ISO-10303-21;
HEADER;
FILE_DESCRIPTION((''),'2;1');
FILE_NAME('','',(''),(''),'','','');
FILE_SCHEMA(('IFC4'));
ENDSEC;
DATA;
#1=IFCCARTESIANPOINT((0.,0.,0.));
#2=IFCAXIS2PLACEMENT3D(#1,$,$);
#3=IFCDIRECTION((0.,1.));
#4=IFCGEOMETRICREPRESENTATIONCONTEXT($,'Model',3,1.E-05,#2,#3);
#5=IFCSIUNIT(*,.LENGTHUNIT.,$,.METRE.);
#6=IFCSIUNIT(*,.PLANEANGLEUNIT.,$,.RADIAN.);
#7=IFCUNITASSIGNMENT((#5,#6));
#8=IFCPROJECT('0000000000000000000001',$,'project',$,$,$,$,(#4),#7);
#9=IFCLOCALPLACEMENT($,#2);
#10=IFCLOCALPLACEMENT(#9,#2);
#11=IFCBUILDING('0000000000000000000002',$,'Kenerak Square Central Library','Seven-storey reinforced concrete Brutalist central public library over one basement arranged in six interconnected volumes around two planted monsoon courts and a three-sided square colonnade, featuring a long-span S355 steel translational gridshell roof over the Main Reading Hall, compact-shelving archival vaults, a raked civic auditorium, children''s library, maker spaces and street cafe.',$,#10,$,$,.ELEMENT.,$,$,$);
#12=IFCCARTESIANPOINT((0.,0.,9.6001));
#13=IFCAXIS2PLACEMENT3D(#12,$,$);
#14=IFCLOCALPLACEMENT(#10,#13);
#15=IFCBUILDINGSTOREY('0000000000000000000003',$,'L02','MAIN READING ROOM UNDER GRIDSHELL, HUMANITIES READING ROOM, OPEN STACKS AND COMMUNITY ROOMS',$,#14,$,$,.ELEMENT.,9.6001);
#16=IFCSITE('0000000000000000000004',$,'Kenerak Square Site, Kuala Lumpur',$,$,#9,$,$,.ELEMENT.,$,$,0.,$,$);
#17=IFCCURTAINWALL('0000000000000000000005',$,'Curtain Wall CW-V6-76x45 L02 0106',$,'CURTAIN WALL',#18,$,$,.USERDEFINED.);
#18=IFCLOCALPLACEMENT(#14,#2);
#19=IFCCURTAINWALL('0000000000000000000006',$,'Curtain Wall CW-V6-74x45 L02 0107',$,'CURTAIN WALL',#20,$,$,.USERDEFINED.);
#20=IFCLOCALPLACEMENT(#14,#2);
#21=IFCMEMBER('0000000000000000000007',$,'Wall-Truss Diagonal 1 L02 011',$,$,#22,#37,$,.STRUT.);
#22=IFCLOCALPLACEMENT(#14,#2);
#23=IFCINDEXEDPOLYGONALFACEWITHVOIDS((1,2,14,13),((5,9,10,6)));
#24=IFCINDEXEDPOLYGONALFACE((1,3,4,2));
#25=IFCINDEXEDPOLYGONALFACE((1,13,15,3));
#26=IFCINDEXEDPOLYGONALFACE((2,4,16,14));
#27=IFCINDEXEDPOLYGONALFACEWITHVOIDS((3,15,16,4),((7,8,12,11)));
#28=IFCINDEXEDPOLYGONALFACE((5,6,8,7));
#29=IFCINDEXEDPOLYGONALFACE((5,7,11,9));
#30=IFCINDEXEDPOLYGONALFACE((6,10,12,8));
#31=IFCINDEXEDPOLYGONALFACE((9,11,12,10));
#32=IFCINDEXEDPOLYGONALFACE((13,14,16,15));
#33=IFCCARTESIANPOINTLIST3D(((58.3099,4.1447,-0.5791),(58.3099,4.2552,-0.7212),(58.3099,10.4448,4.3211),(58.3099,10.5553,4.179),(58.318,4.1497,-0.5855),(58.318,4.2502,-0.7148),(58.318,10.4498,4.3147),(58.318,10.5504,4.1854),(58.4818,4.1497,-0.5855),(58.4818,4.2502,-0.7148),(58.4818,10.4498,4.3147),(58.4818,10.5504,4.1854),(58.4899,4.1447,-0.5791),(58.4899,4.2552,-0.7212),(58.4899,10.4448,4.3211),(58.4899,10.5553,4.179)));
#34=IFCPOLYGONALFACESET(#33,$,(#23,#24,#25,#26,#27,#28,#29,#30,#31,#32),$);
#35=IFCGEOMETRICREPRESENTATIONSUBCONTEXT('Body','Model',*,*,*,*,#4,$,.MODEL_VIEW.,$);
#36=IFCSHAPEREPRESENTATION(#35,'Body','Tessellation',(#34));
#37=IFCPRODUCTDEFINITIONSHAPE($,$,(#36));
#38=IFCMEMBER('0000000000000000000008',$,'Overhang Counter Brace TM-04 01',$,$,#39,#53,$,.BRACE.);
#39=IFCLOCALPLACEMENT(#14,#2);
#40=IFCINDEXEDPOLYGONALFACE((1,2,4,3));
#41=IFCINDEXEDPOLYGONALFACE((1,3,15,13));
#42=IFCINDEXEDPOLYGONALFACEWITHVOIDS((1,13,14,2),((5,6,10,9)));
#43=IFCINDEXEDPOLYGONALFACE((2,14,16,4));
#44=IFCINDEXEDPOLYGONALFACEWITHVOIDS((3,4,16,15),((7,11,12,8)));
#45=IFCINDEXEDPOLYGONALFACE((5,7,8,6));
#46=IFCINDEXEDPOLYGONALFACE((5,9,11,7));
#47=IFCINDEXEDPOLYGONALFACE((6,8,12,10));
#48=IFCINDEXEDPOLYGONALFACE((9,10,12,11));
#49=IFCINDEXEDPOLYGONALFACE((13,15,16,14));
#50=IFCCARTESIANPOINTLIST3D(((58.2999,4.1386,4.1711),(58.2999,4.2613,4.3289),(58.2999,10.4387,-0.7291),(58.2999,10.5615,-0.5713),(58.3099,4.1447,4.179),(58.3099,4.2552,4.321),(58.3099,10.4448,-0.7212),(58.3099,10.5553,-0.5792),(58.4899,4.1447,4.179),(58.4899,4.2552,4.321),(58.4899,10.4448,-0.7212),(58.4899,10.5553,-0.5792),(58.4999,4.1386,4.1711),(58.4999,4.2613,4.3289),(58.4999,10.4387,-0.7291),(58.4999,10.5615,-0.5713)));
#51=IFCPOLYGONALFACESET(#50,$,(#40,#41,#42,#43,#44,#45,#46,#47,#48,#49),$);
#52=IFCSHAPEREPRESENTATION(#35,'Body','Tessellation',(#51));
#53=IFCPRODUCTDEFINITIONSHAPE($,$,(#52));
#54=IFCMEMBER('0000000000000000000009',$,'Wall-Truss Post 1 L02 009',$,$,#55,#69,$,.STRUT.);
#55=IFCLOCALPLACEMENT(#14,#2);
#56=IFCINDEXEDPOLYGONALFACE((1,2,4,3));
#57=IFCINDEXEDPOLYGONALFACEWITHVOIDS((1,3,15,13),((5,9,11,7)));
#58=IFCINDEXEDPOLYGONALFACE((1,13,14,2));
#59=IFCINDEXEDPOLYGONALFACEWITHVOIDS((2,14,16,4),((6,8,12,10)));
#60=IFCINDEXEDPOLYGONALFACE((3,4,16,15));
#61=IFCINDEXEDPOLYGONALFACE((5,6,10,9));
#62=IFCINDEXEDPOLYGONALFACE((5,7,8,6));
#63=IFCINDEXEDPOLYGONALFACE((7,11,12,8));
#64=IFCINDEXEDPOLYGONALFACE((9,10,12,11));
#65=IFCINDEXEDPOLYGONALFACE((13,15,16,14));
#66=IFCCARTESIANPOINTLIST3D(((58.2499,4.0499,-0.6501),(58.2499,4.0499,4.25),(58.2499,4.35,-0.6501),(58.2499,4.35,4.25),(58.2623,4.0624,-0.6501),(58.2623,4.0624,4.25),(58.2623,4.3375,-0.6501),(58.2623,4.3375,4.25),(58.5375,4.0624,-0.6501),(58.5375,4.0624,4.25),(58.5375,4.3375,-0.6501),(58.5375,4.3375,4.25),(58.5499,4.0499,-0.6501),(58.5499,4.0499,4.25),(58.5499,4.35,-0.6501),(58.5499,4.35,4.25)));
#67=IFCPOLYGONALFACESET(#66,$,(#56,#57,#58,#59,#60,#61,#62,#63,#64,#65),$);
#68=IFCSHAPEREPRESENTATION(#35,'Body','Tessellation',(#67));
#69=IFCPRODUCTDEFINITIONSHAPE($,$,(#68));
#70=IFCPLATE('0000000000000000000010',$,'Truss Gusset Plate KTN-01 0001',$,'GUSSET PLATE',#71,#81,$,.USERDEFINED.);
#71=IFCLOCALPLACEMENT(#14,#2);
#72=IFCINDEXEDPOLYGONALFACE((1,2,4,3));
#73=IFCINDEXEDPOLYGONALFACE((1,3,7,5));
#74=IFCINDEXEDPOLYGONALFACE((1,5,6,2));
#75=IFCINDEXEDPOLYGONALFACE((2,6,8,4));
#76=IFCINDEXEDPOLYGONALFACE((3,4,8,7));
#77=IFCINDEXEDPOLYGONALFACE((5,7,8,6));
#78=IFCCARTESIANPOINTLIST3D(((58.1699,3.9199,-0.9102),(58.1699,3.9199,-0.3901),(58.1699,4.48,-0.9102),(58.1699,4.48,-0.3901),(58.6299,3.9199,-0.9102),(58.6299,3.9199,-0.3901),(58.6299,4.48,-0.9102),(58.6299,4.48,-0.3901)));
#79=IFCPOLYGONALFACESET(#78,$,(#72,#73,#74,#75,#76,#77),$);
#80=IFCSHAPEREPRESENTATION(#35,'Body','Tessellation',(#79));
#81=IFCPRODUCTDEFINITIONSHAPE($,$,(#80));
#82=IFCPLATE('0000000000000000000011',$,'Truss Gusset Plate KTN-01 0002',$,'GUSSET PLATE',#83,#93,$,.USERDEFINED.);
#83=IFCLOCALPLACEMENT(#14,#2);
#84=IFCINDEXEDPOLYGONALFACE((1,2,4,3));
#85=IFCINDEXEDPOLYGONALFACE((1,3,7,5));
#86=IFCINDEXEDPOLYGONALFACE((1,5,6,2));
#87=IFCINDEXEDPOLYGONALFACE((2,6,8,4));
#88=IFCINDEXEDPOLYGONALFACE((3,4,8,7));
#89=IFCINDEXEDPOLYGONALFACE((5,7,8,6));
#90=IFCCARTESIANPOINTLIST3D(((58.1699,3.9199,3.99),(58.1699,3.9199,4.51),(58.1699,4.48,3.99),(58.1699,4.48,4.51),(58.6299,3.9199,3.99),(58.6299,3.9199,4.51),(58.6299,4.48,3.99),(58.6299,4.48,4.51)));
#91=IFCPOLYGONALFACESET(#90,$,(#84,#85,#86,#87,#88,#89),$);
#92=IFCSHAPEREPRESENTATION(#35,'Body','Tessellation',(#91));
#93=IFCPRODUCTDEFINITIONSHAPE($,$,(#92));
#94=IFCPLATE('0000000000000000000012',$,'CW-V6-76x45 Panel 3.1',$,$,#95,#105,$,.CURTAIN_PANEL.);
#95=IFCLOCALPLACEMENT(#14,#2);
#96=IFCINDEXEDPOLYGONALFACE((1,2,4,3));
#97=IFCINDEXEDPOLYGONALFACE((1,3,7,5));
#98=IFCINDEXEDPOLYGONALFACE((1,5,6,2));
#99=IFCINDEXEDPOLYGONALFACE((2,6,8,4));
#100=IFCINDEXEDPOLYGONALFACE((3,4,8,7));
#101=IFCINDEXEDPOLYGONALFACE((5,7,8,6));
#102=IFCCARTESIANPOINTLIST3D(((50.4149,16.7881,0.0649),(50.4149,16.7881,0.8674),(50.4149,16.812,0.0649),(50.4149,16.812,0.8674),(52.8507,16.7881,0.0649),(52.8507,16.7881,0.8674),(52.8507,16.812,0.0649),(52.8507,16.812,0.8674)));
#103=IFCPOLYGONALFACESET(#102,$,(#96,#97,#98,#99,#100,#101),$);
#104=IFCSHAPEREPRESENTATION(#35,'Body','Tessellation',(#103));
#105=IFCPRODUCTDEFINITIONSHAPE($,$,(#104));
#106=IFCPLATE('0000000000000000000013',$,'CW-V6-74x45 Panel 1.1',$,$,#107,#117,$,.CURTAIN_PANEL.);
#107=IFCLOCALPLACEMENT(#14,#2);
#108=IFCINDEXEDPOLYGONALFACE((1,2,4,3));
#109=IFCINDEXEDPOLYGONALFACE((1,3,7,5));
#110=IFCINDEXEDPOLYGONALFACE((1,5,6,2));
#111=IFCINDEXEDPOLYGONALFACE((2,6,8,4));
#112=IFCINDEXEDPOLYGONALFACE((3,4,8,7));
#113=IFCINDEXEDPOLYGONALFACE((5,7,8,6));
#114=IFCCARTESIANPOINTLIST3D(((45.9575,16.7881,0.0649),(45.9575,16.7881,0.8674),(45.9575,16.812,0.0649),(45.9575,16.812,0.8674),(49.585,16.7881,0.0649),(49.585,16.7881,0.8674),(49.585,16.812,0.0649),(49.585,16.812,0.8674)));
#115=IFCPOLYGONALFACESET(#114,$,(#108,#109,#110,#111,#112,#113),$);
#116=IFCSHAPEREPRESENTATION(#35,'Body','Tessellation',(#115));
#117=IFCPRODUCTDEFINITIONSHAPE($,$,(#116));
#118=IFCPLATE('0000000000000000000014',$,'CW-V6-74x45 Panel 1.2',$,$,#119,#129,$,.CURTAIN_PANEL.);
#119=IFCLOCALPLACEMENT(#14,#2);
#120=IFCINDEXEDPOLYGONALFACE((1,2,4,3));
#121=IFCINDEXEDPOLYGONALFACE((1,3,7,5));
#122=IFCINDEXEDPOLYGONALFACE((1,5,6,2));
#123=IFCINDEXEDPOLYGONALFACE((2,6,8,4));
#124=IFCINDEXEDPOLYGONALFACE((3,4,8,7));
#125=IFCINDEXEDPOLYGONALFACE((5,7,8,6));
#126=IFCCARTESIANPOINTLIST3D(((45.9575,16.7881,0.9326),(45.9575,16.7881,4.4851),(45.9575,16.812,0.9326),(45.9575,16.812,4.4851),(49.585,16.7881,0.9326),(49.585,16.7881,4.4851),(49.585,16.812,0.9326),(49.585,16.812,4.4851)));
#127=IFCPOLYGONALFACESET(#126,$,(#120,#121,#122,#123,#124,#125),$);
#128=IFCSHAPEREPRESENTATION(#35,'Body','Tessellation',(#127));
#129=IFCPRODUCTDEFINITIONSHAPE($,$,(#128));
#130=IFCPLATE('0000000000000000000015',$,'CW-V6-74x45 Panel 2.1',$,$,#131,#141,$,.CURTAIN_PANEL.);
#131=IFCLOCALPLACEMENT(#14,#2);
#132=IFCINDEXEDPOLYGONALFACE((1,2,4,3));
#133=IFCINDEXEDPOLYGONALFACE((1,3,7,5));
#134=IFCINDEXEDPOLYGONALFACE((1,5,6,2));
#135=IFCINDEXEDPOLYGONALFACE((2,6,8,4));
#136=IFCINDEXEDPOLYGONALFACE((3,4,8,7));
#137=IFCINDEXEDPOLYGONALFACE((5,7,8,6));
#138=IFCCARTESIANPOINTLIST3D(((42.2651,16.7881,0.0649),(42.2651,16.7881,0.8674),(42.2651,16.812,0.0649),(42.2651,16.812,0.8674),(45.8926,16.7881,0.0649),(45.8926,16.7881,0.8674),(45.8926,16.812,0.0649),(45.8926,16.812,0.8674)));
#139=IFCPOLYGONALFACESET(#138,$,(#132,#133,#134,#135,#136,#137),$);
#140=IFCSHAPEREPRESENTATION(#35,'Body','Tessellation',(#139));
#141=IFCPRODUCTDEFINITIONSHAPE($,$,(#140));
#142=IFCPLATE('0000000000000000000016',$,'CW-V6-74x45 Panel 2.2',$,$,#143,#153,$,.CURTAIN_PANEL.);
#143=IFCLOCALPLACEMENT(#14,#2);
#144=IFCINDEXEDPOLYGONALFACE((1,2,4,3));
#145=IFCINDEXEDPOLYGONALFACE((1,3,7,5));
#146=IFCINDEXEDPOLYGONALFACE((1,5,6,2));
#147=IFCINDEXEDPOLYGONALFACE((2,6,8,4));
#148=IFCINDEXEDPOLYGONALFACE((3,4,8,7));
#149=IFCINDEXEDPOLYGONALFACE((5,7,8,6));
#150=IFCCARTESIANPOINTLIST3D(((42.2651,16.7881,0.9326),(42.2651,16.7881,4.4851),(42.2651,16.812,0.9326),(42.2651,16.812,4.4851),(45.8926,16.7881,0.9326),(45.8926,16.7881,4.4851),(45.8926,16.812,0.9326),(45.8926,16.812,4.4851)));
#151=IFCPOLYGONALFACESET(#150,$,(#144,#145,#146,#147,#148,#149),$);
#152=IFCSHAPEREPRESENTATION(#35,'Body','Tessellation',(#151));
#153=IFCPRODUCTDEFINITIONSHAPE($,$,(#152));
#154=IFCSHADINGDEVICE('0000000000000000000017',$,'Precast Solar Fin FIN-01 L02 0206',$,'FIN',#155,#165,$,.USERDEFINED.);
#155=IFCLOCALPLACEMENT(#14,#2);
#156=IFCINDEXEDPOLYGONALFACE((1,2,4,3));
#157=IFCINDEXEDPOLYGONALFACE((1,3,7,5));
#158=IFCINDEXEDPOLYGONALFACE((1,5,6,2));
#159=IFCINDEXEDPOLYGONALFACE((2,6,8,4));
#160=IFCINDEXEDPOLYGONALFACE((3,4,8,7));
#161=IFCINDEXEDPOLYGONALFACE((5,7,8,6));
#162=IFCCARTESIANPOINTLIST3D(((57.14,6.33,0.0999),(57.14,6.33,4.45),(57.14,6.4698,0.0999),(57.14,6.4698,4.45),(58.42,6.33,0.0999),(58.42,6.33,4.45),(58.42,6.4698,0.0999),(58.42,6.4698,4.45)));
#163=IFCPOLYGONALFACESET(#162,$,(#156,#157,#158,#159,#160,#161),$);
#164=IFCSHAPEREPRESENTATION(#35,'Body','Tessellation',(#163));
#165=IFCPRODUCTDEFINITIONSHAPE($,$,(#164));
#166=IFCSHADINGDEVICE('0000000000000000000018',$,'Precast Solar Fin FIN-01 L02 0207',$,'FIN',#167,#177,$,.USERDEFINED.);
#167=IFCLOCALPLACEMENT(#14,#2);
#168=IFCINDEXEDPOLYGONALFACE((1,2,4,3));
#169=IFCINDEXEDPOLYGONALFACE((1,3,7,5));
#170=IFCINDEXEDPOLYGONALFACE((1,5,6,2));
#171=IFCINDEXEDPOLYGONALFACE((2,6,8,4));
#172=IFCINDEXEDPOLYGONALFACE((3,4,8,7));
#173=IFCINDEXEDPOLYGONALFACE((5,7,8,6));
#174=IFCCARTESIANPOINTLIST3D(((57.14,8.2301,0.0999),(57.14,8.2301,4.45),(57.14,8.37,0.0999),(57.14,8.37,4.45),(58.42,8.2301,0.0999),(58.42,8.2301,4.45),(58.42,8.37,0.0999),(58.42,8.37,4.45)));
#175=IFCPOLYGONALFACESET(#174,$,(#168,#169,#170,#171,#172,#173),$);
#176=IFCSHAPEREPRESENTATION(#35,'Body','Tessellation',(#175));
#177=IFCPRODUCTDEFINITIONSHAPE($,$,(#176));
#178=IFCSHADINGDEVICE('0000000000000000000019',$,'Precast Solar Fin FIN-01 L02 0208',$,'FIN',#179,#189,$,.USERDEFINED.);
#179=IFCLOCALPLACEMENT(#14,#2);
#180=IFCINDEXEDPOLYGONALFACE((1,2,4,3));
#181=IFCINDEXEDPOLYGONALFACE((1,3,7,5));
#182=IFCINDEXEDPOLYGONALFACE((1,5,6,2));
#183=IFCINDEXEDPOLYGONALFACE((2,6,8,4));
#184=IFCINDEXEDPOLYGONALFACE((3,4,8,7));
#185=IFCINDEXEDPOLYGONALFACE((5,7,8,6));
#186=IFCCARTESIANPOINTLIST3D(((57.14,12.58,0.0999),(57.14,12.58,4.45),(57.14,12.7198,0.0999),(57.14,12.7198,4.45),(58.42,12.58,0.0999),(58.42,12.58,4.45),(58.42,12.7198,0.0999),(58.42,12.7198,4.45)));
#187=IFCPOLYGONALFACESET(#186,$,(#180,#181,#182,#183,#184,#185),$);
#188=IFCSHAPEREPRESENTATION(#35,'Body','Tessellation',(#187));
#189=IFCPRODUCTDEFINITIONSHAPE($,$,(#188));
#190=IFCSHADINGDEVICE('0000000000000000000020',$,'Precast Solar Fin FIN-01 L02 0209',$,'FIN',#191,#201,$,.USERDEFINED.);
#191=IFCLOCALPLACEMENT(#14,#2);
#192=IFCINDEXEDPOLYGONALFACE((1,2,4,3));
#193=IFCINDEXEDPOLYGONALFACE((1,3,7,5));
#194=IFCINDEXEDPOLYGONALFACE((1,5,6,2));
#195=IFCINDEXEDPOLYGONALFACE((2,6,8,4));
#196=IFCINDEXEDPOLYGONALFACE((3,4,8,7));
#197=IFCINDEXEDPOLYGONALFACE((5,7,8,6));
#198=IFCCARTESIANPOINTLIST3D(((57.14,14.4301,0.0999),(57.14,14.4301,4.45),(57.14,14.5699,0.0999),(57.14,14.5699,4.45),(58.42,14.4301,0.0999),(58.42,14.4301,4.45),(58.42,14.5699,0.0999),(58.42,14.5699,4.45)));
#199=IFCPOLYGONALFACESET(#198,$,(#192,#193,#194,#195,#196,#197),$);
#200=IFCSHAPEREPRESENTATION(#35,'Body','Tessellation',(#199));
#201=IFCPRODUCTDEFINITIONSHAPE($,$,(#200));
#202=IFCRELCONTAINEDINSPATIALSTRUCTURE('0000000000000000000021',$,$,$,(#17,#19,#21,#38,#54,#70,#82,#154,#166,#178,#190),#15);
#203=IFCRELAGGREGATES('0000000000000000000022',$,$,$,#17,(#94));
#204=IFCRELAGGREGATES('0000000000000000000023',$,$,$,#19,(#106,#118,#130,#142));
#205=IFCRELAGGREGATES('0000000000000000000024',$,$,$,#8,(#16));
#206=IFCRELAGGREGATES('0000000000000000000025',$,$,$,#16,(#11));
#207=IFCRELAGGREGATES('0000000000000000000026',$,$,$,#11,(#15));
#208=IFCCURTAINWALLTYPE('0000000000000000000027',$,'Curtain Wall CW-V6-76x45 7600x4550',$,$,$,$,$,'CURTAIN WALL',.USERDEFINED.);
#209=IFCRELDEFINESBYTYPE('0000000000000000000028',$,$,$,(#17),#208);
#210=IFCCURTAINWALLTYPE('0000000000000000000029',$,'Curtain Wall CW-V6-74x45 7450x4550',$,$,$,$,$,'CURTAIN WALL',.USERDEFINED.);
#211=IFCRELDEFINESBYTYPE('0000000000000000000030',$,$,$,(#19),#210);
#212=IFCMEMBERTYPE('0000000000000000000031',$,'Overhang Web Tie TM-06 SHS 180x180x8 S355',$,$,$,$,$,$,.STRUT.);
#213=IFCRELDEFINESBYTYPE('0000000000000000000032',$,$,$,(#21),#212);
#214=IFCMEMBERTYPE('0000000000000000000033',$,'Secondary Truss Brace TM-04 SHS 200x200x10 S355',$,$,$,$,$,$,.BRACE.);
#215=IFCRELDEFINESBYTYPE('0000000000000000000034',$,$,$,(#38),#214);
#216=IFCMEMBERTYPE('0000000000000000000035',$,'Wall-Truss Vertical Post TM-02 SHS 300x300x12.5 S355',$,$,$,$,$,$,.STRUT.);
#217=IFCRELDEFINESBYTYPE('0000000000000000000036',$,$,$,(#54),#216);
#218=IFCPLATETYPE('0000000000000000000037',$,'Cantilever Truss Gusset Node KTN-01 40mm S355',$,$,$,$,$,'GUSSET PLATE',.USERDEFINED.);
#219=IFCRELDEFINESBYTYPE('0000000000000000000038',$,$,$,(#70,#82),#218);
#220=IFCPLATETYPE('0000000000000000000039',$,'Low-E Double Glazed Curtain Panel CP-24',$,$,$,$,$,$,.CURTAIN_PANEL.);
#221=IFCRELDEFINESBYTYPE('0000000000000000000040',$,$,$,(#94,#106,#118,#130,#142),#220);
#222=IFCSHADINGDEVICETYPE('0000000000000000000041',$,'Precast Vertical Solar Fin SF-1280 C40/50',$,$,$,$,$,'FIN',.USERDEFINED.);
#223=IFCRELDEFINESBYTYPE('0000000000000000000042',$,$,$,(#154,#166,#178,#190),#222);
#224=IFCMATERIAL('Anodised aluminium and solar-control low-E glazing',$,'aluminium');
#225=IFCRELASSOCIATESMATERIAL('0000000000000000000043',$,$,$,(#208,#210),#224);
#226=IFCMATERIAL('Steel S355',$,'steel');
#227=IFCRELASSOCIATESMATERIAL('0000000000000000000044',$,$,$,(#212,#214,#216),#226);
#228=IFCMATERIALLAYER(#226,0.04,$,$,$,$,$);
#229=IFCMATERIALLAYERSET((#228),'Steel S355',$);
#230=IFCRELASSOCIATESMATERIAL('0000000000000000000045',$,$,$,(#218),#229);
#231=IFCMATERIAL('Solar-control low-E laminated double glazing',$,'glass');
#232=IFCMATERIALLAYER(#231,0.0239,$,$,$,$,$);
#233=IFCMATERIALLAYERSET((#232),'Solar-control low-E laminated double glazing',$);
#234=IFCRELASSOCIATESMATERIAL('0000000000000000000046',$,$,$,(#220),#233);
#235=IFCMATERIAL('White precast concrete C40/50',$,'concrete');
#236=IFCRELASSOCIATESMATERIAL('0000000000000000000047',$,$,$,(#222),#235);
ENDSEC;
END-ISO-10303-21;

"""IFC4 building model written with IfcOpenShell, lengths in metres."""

from ifc_helpers import new_model, si_unit, direction, frame, origin, origin_2d, place, context, subcontext, project, spatial, rectangle, hollow_rectangle, extrude, material, layer, layer_set, material_profile, profile_set, type_object, element, aggregate, save


model = new_model("IFC4")

# Units and contexts
model_context = context("Model", 3, precision=1e-05, world=origin(), true_north=direction((0.0, 1.0)))
body_context = subcontext(model_context, "Body", "Model", "MODEL_VIEW")
ifc_project = project(units=[si_unit("LENGTHUNIT", "METRE"), si_unit("PLANEANGLEUNIT", "RADIAN")], contexts=[model_context])

# Site, building, storey
site_placement = place(None, origin())
site = spatial("IfcSite", under=ifc_project, at=site_placement, Name="Kenerak Square Site, Kuala Lumpur", CompositionType="ELEMENT", RefElevation=0.0)
building_placement = place(site_placement, origin())
building = spatial("IfcBuilding", under=site, at=building_placement, Name="Kenerak Square Central Library", Description="Seven-storey reinforced concrete Brutalist central public library over one basement arranged in six interconnected volumes around two planted monsoon courts and a three-sided square colonnade, featuring a long-span S355 steel translational gridshell roof over the Main Reading Hall, compact-shelving archival vaults, a raked civic auditorium, children's library, maker spaces and street cafe.", CompositionType="ELEMENT")
storey_placement = place(building_placement, frame((0.0, 0.0, 9.6001)))
storey = spatial("IfcBuildingStorey", under=building, at=storey_placement, Name="L02", Description="MAIN READING ROOM UNDER GRIDSHELL, HUMANITIES READING ROOM, OPEN STACKS AND COMMUNITY ROOMS", CompositionType="ELEMENT", Elevation=9.6001)

# Curtain wall
ifc_material_1 = material(Name="Anodised aluminium and solar-control low-E glazing", Category="aluminium")
curtain_wall_type_1 = type_object("IfcCurtainWallType", Name="Curtain Wall CW-V6-76x45 7600x4550", ElementType="CURTAIN WALL", PredefinedType="USERDEFINED", material=ifc_material_1)
curtain_wall_1_placement = place(storey_placement, origin())
curtain_wall_1 = element("IfcCurtainWall", 1, at=curtain_wall_1_placement, inside=storey, type_object=curtain_wall_type_1, Name="Curtain Wall CW-V6-76x45 L02 0106", ObjectType="CURTAIN WALL", PredefinedType="USERDEFINED")

# Curtain wall
curtain_wall_type_2 = type_object("IfcCurtainWallType", Name="Curtain Wall CW-V6-74x45 7450x4550", ElementType="CURTAIN WALL", PredefinedType="USERDEFINED", material=ifc_material_1)
curtain_wall_2_placement = place(storey_placement, origin())
curtain_wall_2 = element("IfcCurtainWall", 2, at=curtain_wall_2_placement, inside=storey, type_object=curtain_wall_type_2, Name="Curtain Wall CW-V6-74x45 L02 0107", ObjectType="CURTAIN WALL", PredefinedType="USERDEFINED")

# Members
ifc_material_2 = material(Name="Steel S355", Category="steel")
ifc_material_profile_1 = material_profile(ifc_material_2, hollow_rectangle(XDim=0.1799, YDim=0.1799, WallThickness=0.0081, at=origin_2d()), Name="SHS 180x180x8.0")
ifc_profile_set_1 = profile_set([ifc_material_profile_1], Name="Steel S355")
member_type_1 = type_object("IfcMemberType", Name="Overhang Web Tie TM-06 SHS 180x180x8 S355", PredefinedType="STRUT", material=ifc_profile_set_1)
member_1_placement = place(storey_placement, frame((58.3999, 4.2, -0.6501), z_axis=(0.0, 0.789346, 0.613949), x_axis=(-1.0, 0.0, 0.0)))
element("IfcMember", 3, at=member_1_placement, inside=storey, type_object=member_type_1, Name="Wall-Truss Diagonal 1 L02 011", PredefinedType="STRUT", context=body_context, shape_type="SweptSolid", body=[
    extrude(hollow_rectangle(XDim=0.1799, YDim=0.1799, WallThickness=0.0081, at=origin_2d()), origin(), (0.0, 0.0, 1.0), 7.9814),
])
ifc_material_profile_2 = material_profile(ifc_material_2, hollow_rectangle(XDim=0.2, YDim=0.2, WallThickness=0.01, at=origin_2d()), Name="SHS 200x200x10.0")
ifc_profile_set_2 = profile_set([ifc_material_profile_2], Name="Steel S355")
member_type_2 = type_object("IfcMemberType", Name="Secondary Truss Brace TM-04 SHS 200x200x10 S355", PredefinedType="BRACE", material=ifc_profile_set_2)
member_2_placement = place(storey_placement, frame((58.3999, 4.2, 4.25), z_axis=(0.0, 0.789346, -0.613949), x_axis=(-1.0, 0.0, 0.0)))
element("IfcMember", 4, at=member_2_placement, inside=storey, type_object=member_type_2, Name="Overhang Counter Brace TM-04 01", PredefinedType="BRACE", context=body_context, shape_type="SweptSolid", body=[
    extrude(hollow_rectangle(XDim=0.2, YDim=0.2, WallThickness=0.01, at=origin_2d()), origin(), (0.0, 0.0, 1.0), 7.9814),
])
ifc_material_profile_3 = material_profile(ifc_material_2, hollow_rectangle(XDim=0.3, YDim=0.3, WallThickness=0.0125, at=origin_2d()), Name="SHS 300x300x12.5")
ifc_profile_set_3 = profile_set([ifc_material_profile_3], Name="Steel S355")
member_type_3 = type_object("IfcMemberType", Name="Wall-Truss Vertical Post TM-02 SHS 300x300x12.5 S355", PredefinedType="STRUT", material=ifc_profile_set_3)
member_3_placement = place(storey_placement, frame((58.3999, 4.2, -0.6501), z_axis=(0.0, 0.0, 1.0), x_axis=(1.0, 0.0, 0.0)))
element("IfcMember", 5, at=member_3_placement, inside=storey, type_object=member_type_3, Name="Wall-Truss Post 1 L02 009", PredefinedType="STRUT", context=body_context, shape_type="SweptSolid", body=[
    extrude(hollow_rectangle(XDim=0.3, YDim=0.3, WallThickness=0.0125, at=origin_2d()), origin(), (0.0, 0.0, 1.0), 4.9001),
])

# Plates
ifc_layer_1 = layer(ifc_material_2, 0.04)
ifc_layer_set_1 = layer_set([ifc_layer_1], Name="Steel S355")
plate_type_1 = type_object("IfcPlateType", Name="Cantilever Truss Gusset Node KTN-01 40mm S355", ElementType="GUSSET PLATE", PredefinedType="USERDEFINED", material=ifc_layer_set_1)
for number, where, z_axis, x_axis, name in (
    (6, (58.3999, 4.2, -0.9102), (0.0, 0.0, 1.0), (1.0, 0.0, 0.0), "Truss Gusset Plate KTN-01 0001"),
    (7, (58.3999, 4.2, 3.99), (0.0, 0.0, 1.0), (1.0, 0.0, 0.0), "Truss Gusset Plate KTN-01 0002"),
):
    element("IfcPlate", number, at=place(storey_placement, frame(where, z_axis=z_axis, x_axis=x_axis)), inside=storey, type_object=plate_type_1, Name=name, ObjectType="GUSSET PLATE", PredefinedType="USERDEFINED", context=body_context, shape_type="SweptSolid", body=[
        extrude(rectangle(XDim=0.46, YDim=0.5601, at=origin_2d()), origin(), (0.0, 0.0, 1.0), 0.52),
    ])

# Plates
ifc_material_3 = material(Name="Solar-control low-E laminated double glazing", Category="glass")
ifc_layer_2 = layer(ifc_material_3, 0.0239)
ifc_layer_set_2 = layer_set([ifc_layer_2], Name="Solar-control low-E laminated double glazing")
plate_type_2 = type_object("IfcPlateType", Name="Low-E Double Glazed Curtain Panel CP-24", PredefinedType="CURTAIN_PANEL", material=ifc_layer_set_2)
plate_1_placement = place(storey_placement, frame((51.6328, 16.8, 0.0649), z_axis=(0.0, 0.0, 1.0), x_axis=(-1.0, 0.0, 0.0)))
plate_1 = element("IfcPlate", 8, at=plate_1_placement, type_object=plate_type_2, Name="CW-V6-76x45 Panel 3.1", PredefinedType="CURTAIN_PANEL", context=body_context, shape_type="SweptSolid", body=[
    extrude(rectangle(XDim=2.4358, YDim=0.0239, at=origin_2d()), origin(), (0.0, 0.0, 1.0), 0.8025),
])
aggregate(curtain_wall_1, [plate_1])
plate_2_placement = place(storey_placement, frame((47.7712, 16.8, 0.0649), z_axis=(0.0, 0.0, 1.0), x_axis=(-1.0, 0.0, 0.0)))
plate_2 = element("IfcPlate", 9, at=plate_2_placement, type_object=plate_type_2, Name="CW-V6-74x45 Panel 1.1", PredefinedType="CURTAIN_PANEL", context=body_context, shape_type="SweptSolid", body=[
    extrude(rectangle(XDim=3.6274, YDim=0.0239, at=origin_2d()), origin(), (0.0, 0.0, 1.0), 0.8025),
])
plate_3_placement = place(storey_placement, frame((47.7712, 16.8, 0.9326), z_axis=(0.0, 0.0, 1.0), x_axis=(-1.0, 0.0, 0.0)))
plate_3 = element("IfcPlate", 10, at=plate_3_placement, type_object=plate_type_2, Name="CW-V6-74x45 Panel 1.2", PredefinedType="CURTAIN_PANEL", context=body_context, shape_type="SweptSolid", body=[
    extrude(rectangle(XDim=3.6274, YDim=0.0239, at=origin_2d()), origin(), (0.0, 0.0, 1.0), 3.5525),
])
plate_4_placement = place(storey_placement, frame((44.0789, 16.8, 0.0649), z_axis=(0.0, 0.0, 1.0), x_axis=(-1.0, 0.0, 0.0)))
plate_4 = element("IfcPlate", 11, at=plate_4_placement, type_object=plate_type_2, Name="CW-V6-74x45 Panel 2.1", PredefinedType="CURTAIN_PANEL", context=body_context, shape_type="SweptSolid", body=[
    extrude(rectangle(XDim=3.6274, YDim=0.0239, at=origin_2d()), origin(), (0.0, 0.0, 1.0), 0.8025),
])
plate_5_placement = place(storey_placement, frame((44.0789, 16.8, 0.9326), z_axis=(0.0, 0.0, 1.0), x_axis=(-1.0, 0.0, 0.0)))
plate_5 = element("IfcPlate", 12, at=plate_5_placement, type_object=plate_type_2, Name="CW-V6-74x45 Panel 2.2", PredefinedType="CURTAIN_PANEL", context=body_context, shape_type="SweptSolid", body=[
    extrude(rectangle(XDim=3.6274, YDim=0.0239, at=origin_2d()), origin(), (0.0, 0.0, 1.0), 3.5525),
])
aggregate(curtain_wall_2, [plate_2, plate_3, plate_4, plate_5])

# Shading devices
ifc_material_4 = material(Name="White precast concrete C40/50", Category="concrete")
shading_device_type = type_object("IfcShadingDeviceType", Name="Precast Vertical Solar Fin SF-1280 C40/50", ElementType="FIN", PredefinedType="USERDEFINED", material=ifc_material_4)
for number, where, z_axis, x_axis, name in (
    (13, (57.78, 6.3999, 0.0999), (0.0, 0.0, 1.0), (0.0, 1.0, 0.0), "Precast Solar Fin FIN-01 L02 0206"),
    (14, (57.78, 8.3, 0.0999), (0.0, 0.0, 1.0), (0.0, 1.0, 0.0), "Precast Solar Fin FIN-01 L02 0207"),
    (15, (57.78, 12.6499, 0.0999), (0.0, 0.0, 1.0), (0.0, 1.0, 0.0), "Precast Solar Fin FIN-01 L02 0208"),
    (16, (57.78, 14.5, 0.0999), (0.0, 0.0, 1.0), (0.0, 1.0, 0.0), "Precast Solar Fin FIN-01 L02 0209"),
):
    element("IfcShadingDevice", number, at=place(storey_placement, frame(where, z_axis=z_axis, x_axis=x_axis)), inside=storey, type_object=shading_device_type, Name=name, ObjectType="FIN", PredefinedType="USERDEFINED", context=body_context, shape_type="SweptSolid", body=[
        extrude(rectangle(XDim=0.1399, YDim=1.28, at=origin_2d()), origin(), (0.0, 0.0, 1.0), 4.3501),
    ])

save(model, "model.ifc")
